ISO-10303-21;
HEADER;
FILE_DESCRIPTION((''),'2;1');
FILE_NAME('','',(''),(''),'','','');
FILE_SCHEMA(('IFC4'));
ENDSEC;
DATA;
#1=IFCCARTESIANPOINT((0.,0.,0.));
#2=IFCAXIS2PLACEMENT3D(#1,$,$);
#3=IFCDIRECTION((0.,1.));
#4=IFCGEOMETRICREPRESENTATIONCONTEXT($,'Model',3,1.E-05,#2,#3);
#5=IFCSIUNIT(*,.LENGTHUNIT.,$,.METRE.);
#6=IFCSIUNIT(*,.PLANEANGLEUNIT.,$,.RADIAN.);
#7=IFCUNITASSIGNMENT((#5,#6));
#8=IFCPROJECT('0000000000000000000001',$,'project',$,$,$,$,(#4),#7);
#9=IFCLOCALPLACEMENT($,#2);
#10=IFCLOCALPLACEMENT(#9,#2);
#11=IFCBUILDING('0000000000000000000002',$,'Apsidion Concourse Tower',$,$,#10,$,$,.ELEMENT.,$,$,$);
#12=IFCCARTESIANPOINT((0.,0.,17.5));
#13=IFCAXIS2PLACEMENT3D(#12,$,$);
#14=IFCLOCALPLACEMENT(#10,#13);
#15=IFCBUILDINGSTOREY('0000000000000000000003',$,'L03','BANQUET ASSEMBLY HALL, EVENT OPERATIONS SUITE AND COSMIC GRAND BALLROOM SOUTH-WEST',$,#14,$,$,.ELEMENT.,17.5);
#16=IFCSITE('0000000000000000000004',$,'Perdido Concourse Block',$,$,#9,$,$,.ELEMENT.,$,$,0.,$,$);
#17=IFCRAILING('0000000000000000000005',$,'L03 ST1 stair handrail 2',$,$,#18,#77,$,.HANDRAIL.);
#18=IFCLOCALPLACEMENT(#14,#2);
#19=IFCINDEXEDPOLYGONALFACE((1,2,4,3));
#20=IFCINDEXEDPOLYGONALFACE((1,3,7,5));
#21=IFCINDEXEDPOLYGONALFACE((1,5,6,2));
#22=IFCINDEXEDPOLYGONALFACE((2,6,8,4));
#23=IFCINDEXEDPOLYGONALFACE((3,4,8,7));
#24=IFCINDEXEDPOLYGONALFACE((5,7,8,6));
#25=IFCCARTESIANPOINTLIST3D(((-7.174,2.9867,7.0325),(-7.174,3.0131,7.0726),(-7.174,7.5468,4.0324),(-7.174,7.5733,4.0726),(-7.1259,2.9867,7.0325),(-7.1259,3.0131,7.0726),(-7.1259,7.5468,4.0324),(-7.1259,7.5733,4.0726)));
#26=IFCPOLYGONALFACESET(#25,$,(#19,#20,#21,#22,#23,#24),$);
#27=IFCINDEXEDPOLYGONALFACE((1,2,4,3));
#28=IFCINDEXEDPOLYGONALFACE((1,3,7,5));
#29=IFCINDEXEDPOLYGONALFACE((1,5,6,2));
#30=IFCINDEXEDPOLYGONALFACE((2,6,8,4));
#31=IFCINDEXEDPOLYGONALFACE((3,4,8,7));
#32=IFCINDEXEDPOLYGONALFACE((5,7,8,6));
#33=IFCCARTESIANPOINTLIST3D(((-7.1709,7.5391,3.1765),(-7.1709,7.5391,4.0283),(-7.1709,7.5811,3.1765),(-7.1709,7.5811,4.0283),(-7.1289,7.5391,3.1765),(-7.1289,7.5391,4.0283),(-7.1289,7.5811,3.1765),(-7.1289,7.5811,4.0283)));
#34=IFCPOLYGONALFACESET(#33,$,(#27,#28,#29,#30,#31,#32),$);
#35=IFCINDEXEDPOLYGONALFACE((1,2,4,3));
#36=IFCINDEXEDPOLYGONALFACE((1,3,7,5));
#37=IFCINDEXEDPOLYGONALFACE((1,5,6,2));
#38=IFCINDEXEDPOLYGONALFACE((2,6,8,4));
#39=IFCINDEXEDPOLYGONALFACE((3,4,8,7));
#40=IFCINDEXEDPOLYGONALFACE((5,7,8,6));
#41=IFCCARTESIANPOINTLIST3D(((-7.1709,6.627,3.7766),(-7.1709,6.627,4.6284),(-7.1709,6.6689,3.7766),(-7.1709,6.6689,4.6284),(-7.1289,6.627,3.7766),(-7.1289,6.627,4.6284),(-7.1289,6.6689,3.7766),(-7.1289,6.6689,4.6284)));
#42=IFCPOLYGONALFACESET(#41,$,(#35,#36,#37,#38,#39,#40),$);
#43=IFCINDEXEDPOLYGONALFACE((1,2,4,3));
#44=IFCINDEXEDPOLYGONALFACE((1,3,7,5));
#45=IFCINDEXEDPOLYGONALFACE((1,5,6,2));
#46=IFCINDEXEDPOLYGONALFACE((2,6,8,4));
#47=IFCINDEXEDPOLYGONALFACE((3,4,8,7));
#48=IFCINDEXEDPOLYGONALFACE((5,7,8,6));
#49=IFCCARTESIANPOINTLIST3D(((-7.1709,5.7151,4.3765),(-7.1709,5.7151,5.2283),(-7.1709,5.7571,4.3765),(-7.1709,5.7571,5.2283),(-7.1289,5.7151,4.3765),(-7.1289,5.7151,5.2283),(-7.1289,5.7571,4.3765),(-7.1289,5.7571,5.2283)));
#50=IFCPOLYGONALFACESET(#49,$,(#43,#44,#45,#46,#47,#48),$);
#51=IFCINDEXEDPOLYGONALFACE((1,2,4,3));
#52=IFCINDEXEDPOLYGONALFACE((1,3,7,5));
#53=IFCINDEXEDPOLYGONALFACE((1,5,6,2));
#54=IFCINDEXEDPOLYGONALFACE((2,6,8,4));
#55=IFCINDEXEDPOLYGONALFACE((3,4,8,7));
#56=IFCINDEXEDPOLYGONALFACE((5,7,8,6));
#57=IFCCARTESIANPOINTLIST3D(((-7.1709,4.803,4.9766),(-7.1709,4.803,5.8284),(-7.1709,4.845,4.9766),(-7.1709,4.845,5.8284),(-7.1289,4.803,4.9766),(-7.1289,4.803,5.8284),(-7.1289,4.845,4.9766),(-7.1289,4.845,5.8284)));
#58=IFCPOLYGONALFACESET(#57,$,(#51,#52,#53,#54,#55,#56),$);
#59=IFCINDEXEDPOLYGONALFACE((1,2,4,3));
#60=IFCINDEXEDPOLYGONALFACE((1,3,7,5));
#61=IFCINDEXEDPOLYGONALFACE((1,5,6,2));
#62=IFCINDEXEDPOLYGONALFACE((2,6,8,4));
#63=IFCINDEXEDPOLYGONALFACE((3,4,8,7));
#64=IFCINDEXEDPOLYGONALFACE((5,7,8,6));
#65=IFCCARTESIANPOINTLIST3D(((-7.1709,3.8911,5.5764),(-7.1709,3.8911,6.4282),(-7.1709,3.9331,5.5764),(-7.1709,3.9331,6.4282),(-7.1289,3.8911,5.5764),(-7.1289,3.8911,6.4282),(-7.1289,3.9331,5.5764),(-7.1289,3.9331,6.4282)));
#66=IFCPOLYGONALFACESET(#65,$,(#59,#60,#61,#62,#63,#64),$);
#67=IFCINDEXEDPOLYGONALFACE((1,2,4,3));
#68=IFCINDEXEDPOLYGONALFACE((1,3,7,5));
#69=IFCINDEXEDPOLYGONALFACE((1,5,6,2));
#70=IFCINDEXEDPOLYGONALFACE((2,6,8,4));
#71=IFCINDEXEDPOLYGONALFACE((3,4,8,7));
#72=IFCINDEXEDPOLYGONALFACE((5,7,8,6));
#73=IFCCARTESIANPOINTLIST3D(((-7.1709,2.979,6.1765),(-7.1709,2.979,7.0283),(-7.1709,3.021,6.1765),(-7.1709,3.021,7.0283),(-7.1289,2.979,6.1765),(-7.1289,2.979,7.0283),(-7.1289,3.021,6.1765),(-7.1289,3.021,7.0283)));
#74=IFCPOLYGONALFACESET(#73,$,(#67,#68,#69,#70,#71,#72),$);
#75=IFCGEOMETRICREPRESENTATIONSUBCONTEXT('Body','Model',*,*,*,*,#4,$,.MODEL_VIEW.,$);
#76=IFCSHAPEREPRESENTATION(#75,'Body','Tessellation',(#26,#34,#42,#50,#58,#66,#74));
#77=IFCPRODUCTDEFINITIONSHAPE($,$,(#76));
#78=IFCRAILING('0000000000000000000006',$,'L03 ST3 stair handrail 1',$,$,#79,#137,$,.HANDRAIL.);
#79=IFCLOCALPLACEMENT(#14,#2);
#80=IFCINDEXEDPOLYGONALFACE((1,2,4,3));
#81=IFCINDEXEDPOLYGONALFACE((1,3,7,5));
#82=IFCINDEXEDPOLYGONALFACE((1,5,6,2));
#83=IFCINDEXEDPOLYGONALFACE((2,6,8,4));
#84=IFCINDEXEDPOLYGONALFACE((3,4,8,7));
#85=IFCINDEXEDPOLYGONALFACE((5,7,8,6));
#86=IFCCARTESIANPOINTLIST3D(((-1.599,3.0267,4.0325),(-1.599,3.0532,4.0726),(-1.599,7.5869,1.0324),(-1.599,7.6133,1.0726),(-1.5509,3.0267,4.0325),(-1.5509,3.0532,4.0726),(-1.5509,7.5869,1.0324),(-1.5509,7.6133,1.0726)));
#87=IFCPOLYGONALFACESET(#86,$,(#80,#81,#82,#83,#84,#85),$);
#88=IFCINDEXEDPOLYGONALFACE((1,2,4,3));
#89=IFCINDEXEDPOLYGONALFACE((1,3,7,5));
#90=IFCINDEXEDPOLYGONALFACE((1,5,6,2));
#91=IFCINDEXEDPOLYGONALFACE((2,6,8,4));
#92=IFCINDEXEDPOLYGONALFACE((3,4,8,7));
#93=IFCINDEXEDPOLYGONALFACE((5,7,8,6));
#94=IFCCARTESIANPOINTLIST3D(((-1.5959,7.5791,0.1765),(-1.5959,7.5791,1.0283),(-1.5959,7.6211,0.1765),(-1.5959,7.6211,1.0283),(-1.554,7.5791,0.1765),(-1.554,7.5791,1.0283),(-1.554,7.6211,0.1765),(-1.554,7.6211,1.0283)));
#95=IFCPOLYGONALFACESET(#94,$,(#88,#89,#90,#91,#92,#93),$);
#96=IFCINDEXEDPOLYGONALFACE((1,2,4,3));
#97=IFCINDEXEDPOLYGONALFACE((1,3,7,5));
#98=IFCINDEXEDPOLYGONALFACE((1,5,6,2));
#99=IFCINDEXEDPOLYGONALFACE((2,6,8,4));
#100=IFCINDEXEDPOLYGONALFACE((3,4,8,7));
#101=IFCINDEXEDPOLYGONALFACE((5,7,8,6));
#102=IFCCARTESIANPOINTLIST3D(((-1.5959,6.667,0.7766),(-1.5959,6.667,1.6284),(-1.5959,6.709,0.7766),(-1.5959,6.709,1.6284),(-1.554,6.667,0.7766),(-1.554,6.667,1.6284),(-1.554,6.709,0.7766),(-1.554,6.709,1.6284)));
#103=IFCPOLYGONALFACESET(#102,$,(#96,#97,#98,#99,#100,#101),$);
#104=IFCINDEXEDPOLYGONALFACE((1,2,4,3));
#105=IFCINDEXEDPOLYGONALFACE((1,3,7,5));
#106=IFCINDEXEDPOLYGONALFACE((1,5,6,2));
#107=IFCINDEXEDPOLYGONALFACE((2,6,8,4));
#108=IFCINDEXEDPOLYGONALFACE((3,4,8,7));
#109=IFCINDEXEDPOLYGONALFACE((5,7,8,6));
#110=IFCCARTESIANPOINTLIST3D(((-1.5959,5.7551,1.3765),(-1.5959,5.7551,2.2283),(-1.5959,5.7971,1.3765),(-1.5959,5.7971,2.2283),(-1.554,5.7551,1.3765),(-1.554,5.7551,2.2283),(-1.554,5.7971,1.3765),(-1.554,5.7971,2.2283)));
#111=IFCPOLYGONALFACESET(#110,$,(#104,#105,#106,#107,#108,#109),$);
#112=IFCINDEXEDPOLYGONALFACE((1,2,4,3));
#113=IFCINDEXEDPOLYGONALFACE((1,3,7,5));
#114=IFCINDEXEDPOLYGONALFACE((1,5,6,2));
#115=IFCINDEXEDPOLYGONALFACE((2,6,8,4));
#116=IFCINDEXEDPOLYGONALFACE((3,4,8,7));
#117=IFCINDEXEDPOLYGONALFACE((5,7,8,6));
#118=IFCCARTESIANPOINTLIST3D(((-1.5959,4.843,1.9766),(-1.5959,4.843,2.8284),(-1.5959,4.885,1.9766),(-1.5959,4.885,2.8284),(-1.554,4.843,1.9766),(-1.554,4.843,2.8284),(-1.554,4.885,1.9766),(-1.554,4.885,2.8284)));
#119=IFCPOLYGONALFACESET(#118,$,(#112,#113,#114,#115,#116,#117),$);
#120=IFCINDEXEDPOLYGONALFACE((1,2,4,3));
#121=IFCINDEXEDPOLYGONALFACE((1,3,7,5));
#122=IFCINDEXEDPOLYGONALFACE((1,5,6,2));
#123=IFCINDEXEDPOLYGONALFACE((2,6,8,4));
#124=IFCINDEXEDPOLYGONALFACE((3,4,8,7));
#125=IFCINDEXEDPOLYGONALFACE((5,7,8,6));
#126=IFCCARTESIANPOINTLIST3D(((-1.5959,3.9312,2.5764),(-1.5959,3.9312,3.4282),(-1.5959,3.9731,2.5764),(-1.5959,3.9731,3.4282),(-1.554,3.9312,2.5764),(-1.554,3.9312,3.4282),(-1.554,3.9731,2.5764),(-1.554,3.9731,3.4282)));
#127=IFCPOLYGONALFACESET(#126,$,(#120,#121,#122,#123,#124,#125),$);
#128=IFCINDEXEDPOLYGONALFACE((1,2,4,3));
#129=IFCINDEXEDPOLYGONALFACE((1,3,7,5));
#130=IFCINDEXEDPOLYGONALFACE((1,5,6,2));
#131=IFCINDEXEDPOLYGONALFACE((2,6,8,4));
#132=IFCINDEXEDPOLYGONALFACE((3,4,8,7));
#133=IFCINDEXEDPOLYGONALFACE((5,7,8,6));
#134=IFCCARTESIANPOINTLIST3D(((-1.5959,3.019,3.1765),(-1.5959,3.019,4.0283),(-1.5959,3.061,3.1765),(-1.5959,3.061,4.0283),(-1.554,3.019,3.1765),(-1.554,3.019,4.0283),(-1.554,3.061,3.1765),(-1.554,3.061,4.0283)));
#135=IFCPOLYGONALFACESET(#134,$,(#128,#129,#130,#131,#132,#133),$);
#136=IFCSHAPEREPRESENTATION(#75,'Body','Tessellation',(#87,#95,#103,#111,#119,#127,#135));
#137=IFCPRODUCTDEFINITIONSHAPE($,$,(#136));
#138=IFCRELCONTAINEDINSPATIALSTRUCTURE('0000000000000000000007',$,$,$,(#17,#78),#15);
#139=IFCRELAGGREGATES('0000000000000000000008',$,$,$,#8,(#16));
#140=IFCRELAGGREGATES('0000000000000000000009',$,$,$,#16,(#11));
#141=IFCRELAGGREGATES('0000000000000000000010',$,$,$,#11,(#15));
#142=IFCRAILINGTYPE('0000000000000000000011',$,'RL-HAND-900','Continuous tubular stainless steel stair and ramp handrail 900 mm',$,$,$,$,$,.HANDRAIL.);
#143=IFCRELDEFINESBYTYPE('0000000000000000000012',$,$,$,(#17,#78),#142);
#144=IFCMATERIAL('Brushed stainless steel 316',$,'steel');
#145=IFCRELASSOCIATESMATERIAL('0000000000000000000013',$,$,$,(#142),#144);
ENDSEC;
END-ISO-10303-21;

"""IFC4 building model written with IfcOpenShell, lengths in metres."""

from ifc_helpers import new_model, si_unit, direction, frame, origin, origin_2d, place, context, subcontext, project, spatial, rectangle, extrude, material, type_object, element, save


model = new_model("IFC4")

# Units and contexts
model_context = context("Model", 3, precision=1e-05, world=origin(), true_north=direction((0.0, 1.0)))
body_context = subcontext(model_context, "Body", "Model", "MODEL_VIEW")
ifc_project = project(units=[si_unit("LENGTHUNIT", "METRE"), si_unit("PLANEANGLEUNIT", "RADIAN")], contexts=[model_context])

# Site, building, storey
site_placement = place(None, origin())
site = spatial("IfcSite", under=ifc_project, at=site_placement, Name="Perdido Concourse Block", CompositionType="ELEMENT", RefElevation=0.0)
building_placement = place(site_placement, origin())
building = spatial("IfcBuilding", under=site, at=building_placement, Name="Apsidion Concourse Tower", CompositionType="ELEMENT")
storey_placement = place(building_placement, frame((0.0, 0.0, 17.5)))
storey = spatial("IfcBuildingStorey", under=building, at=storey_placement, Name="L03", Description="BANQUET ASSEMBLY HALL, EVENT OPERATIONS SUITE AND COSMIC GRAND BALLROOM SOUTH-WEST", CompositionType="ELEMENT", Elevation=17.5)

# Shared definitions
ifc_material_1 = material(Name="Brushed stainless steel 316", Category="steel")

# Railings
railing_type_1 = type_object("IfcRailingType", Name="RL-HAND-900", Description="Continuous tubular stainless steel stair and ramp handrail 900 mm", PredefinedType="HANDRAIL", material=ifc_material_1)
for number, where, name in (
    (1, (-7.1499, 7.5601, 3.1765), "L03 ST1 stair handrail 2"),
    (2, (-1.575, 7.6001, 0.1765), "L03 ST3 stair handrail 1"),
):
    element("IfcRailing", number, at=place(storey_placement, frame(where)), inside=storey, type_object=railing_type_1, Name=name, PredefinedType="HANDRAIL", context=body_context, shape_type="SweptSolid", body=[
        extrude(rectangle(XDim=0.0481, YDim=0.0481, at=origin_2d()), frame((0.0, 0.0, 0.876), z_axis=(0.0, -0.83542, 0.549612), x_axis=(1.0, 0.0, 0.0)), (0.0, 0.0, 1.0), 5.4585),
        extrude(rectangle(XDim=0.042, YDim=0.042, at=origin_2d()), origin(), (0.0, 0.0, 1.0), 0.8518),
        extrude(rectangle(XDim=0.042, YDim=0.042, at=origin_2d()), frame((0.0, -0.9121, 0.6001)), (0.0, 0.0, 1.0), 0.8518),
        extrude(rectangle(XDim=0.042, YDim=0.042, at=origin_2d()), frame((0.0, -1.824, 1.2)), (0.0, 0.0, 1.0), 0.8518),
        extrude(rectangle(XDim=0.042, YDim=0.042, at=origin_2d()), frame((0.0, -2.7361, 1.8)), (0.0, 0.0, 1.0), 0.8518),
        extrude(rectangle(XDim=0.042, YDim=0.042, at=origin_2d()), frame((0.0, -3.6479, 2.3999)), (0.0, 0.0, 1.0), 0.8518),
        extrude(rectangle(XDim=0.042, YDim=0.042, at=origin_2d()), frame((0.0, -4.5601, 3.0)), (0.0, 0.0, 1.0), 0.8518),
    ])

save(model, "model.ifc")
